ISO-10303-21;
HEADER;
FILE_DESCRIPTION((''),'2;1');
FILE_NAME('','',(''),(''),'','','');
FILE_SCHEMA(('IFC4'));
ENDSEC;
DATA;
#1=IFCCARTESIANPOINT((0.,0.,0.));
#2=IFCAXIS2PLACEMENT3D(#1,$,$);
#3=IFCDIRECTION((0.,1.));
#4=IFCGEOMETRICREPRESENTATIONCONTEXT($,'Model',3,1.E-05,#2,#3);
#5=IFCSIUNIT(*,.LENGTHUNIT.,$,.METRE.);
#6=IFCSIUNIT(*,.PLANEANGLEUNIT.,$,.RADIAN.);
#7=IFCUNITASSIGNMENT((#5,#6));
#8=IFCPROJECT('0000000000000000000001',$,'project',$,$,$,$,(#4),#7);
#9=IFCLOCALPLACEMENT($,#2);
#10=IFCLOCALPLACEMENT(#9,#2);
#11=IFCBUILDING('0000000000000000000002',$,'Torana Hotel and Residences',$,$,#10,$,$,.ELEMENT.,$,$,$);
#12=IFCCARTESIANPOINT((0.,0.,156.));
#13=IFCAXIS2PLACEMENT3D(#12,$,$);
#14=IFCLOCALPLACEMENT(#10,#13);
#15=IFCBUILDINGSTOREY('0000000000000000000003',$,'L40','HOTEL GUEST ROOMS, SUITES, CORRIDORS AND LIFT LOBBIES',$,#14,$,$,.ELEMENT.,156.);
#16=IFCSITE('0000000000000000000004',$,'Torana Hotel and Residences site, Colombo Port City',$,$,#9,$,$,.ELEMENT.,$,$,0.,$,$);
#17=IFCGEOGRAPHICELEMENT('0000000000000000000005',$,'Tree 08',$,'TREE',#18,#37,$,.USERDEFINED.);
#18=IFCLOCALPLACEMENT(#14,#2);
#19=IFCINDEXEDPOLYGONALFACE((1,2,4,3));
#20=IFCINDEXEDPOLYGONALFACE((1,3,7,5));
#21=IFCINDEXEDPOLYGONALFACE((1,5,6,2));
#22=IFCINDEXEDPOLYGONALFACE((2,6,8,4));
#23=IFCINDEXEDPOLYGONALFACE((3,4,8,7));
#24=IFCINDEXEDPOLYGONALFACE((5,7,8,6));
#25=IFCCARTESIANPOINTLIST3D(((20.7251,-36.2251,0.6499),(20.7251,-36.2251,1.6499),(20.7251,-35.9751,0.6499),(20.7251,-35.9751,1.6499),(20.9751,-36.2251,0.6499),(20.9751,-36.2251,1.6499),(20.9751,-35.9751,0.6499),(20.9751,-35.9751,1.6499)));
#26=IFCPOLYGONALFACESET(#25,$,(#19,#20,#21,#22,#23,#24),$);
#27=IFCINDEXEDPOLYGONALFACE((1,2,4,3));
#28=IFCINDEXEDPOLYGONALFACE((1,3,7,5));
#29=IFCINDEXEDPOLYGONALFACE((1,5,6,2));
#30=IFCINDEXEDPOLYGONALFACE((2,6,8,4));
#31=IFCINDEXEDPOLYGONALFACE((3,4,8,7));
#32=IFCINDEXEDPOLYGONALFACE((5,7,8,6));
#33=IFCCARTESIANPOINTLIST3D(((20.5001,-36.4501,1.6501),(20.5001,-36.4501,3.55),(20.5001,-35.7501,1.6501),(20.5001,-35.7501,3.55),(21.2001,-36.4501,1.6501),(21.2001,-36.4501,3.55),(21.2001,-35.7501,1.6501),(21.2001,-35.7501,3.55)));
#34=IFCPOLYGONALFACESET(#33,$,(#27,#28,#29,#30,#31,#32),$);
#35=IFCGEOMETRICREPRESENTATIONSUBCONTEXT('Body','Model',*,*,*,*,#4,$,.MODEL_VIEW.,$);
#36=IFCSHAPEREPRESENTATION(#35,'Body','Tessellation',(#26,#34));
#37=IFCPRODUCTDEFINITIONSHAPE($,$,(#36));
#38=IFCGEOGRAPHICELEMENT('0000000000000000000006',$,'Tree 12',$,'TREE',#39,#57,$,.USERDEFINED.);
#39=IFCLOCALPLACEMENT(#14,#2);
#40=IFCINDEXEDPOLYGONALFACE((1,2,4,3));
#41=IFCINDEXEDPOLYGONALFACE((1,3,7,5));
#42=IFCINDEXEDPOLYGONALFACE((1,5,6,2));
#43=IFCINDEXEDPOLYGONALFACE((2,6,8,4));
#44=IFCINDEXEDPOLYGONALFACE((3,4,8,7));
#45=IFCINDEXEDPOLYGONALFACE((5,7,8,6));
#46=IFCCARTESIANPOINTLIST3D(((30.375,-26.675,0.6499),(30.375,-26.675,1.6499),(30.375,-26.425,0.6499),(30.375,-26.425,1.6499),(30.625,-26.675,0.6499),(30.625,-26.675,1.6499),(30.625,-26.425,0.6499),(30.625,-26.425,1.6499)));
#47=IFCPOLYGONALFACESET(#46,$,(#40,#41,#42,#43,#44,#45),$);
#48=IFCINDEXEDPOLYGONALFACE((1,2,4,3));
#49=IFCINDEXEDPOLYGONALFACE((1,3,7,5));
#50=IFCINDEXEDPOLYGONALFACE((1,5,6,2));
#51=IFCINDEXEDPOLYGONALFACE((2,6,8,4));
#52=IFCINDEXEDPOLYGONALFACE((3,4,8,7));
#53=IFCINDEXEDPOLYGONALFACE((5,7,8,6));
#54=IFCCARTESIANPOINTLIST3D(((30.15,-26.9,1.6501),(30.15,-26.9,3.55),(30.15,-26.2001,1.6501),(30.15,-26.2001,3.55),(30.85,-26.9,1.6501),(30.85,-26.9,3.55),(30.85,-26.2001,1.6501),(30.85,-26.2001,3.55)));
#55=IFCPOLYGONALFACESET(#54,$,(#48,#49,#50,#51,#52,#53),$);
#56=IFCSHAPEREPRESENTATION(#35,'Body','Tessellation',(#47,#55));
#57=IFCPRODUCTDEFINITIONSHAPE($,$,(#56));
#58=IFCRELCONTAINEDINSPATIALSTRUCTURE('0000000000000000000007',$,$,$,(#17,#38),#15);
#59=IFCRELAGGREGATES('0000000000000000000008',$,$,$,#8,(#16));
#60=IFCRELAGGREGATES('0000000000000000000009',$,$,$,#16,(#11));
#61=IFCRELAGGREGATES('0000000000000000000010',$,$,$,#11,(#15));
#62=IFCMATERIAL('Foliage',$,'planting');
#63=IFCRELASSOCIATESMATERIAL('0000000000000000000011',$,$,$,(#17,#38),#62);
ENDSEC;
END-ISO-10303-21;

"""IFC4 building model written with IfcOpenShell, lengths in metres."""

from ifc_helpers import new_model, si_unit, direction, frame, origin, origin_2d, place, context, subcontext, project, spatial, rectangle, extrude, material, element, save


model = new_model("IFC4")

# Units and contexts
model_context = context("Model", 3, precision=1e-05, world=origin(), true_north=direction((0.0, 1.0)))
body_context = subcontext(model_context, "Body", "Model", "MODEL_VIEW")
ifc_project = project(units=[si_unit("LENGTHUNIT", "METRE"), si_unit("PLANEANGLEUNIT", "RADIAN")], contexts=[model_context])

# Site, building, storey
site_placement = place(None, origin())
site = spatial("IfcSite", under=ifc_project, at=site_placement, Name="Torana Hotel and Residences site, Colombo Port City", CompositionType="ELEMENT", RefElevation=0.0)
building_placement = place(site_placement, origin())
building = spatial("IfcBuilding", under=site, at=building_placement, Name="Torana Hotel and Residences", CompositionType="ELEMENT")
storey_placement = place(building_placement, frame((0.0, 0.0, 156.0)))
storey = spatial("IfcBuildingStorey", under=building, at=storey_placement, Name="L40", Description="HOTEL GUEST ROOMS, SUITES, CORRIDORS AND LIFT LOBBIES", CompositionType="ELEMENT", Elevation=156.0)

# Geographic elements
ifc_material_1 = material(Name="Foliage", Category="planting")
for number, where, z_axis, x_axis, name in (
    (1, (20.8501, -36.1001, 0.6499), (0.0, 0.0, 1.0), (1.0, 0.0, 0.0), "Tree 08"),
    (2, (30.5, -26.55, 0.6499), (0.0, 0.0, 1.0), (1.0, 0.0, 0.0), "Tree 12"),
):
    element("IfcGeographicElement", number, at=place(storey_placement, frame(where, z_axis=z_axis, x_axis=x_axis)), inside=storey, material=ifc_material_1, Name=name, ObjectType="TREE", PredefinedType="USERDEFINED", context=body_context, shape_type="SweptSolid", body=[
        extrude(rectangle(XDim=0.25, YDim=0.25, at=origin_2d()), origin(), (0.0, 0.0, 1.0), 1.0),
        extrude(rectangle(XDim=0.7, YDim=0.7, at=origin_2d()), frame((0.0, 0.0, 1.0002)), (0.0, 0.0, 1.0), 1.8999),
    ])

save(model, "model.ifc")
